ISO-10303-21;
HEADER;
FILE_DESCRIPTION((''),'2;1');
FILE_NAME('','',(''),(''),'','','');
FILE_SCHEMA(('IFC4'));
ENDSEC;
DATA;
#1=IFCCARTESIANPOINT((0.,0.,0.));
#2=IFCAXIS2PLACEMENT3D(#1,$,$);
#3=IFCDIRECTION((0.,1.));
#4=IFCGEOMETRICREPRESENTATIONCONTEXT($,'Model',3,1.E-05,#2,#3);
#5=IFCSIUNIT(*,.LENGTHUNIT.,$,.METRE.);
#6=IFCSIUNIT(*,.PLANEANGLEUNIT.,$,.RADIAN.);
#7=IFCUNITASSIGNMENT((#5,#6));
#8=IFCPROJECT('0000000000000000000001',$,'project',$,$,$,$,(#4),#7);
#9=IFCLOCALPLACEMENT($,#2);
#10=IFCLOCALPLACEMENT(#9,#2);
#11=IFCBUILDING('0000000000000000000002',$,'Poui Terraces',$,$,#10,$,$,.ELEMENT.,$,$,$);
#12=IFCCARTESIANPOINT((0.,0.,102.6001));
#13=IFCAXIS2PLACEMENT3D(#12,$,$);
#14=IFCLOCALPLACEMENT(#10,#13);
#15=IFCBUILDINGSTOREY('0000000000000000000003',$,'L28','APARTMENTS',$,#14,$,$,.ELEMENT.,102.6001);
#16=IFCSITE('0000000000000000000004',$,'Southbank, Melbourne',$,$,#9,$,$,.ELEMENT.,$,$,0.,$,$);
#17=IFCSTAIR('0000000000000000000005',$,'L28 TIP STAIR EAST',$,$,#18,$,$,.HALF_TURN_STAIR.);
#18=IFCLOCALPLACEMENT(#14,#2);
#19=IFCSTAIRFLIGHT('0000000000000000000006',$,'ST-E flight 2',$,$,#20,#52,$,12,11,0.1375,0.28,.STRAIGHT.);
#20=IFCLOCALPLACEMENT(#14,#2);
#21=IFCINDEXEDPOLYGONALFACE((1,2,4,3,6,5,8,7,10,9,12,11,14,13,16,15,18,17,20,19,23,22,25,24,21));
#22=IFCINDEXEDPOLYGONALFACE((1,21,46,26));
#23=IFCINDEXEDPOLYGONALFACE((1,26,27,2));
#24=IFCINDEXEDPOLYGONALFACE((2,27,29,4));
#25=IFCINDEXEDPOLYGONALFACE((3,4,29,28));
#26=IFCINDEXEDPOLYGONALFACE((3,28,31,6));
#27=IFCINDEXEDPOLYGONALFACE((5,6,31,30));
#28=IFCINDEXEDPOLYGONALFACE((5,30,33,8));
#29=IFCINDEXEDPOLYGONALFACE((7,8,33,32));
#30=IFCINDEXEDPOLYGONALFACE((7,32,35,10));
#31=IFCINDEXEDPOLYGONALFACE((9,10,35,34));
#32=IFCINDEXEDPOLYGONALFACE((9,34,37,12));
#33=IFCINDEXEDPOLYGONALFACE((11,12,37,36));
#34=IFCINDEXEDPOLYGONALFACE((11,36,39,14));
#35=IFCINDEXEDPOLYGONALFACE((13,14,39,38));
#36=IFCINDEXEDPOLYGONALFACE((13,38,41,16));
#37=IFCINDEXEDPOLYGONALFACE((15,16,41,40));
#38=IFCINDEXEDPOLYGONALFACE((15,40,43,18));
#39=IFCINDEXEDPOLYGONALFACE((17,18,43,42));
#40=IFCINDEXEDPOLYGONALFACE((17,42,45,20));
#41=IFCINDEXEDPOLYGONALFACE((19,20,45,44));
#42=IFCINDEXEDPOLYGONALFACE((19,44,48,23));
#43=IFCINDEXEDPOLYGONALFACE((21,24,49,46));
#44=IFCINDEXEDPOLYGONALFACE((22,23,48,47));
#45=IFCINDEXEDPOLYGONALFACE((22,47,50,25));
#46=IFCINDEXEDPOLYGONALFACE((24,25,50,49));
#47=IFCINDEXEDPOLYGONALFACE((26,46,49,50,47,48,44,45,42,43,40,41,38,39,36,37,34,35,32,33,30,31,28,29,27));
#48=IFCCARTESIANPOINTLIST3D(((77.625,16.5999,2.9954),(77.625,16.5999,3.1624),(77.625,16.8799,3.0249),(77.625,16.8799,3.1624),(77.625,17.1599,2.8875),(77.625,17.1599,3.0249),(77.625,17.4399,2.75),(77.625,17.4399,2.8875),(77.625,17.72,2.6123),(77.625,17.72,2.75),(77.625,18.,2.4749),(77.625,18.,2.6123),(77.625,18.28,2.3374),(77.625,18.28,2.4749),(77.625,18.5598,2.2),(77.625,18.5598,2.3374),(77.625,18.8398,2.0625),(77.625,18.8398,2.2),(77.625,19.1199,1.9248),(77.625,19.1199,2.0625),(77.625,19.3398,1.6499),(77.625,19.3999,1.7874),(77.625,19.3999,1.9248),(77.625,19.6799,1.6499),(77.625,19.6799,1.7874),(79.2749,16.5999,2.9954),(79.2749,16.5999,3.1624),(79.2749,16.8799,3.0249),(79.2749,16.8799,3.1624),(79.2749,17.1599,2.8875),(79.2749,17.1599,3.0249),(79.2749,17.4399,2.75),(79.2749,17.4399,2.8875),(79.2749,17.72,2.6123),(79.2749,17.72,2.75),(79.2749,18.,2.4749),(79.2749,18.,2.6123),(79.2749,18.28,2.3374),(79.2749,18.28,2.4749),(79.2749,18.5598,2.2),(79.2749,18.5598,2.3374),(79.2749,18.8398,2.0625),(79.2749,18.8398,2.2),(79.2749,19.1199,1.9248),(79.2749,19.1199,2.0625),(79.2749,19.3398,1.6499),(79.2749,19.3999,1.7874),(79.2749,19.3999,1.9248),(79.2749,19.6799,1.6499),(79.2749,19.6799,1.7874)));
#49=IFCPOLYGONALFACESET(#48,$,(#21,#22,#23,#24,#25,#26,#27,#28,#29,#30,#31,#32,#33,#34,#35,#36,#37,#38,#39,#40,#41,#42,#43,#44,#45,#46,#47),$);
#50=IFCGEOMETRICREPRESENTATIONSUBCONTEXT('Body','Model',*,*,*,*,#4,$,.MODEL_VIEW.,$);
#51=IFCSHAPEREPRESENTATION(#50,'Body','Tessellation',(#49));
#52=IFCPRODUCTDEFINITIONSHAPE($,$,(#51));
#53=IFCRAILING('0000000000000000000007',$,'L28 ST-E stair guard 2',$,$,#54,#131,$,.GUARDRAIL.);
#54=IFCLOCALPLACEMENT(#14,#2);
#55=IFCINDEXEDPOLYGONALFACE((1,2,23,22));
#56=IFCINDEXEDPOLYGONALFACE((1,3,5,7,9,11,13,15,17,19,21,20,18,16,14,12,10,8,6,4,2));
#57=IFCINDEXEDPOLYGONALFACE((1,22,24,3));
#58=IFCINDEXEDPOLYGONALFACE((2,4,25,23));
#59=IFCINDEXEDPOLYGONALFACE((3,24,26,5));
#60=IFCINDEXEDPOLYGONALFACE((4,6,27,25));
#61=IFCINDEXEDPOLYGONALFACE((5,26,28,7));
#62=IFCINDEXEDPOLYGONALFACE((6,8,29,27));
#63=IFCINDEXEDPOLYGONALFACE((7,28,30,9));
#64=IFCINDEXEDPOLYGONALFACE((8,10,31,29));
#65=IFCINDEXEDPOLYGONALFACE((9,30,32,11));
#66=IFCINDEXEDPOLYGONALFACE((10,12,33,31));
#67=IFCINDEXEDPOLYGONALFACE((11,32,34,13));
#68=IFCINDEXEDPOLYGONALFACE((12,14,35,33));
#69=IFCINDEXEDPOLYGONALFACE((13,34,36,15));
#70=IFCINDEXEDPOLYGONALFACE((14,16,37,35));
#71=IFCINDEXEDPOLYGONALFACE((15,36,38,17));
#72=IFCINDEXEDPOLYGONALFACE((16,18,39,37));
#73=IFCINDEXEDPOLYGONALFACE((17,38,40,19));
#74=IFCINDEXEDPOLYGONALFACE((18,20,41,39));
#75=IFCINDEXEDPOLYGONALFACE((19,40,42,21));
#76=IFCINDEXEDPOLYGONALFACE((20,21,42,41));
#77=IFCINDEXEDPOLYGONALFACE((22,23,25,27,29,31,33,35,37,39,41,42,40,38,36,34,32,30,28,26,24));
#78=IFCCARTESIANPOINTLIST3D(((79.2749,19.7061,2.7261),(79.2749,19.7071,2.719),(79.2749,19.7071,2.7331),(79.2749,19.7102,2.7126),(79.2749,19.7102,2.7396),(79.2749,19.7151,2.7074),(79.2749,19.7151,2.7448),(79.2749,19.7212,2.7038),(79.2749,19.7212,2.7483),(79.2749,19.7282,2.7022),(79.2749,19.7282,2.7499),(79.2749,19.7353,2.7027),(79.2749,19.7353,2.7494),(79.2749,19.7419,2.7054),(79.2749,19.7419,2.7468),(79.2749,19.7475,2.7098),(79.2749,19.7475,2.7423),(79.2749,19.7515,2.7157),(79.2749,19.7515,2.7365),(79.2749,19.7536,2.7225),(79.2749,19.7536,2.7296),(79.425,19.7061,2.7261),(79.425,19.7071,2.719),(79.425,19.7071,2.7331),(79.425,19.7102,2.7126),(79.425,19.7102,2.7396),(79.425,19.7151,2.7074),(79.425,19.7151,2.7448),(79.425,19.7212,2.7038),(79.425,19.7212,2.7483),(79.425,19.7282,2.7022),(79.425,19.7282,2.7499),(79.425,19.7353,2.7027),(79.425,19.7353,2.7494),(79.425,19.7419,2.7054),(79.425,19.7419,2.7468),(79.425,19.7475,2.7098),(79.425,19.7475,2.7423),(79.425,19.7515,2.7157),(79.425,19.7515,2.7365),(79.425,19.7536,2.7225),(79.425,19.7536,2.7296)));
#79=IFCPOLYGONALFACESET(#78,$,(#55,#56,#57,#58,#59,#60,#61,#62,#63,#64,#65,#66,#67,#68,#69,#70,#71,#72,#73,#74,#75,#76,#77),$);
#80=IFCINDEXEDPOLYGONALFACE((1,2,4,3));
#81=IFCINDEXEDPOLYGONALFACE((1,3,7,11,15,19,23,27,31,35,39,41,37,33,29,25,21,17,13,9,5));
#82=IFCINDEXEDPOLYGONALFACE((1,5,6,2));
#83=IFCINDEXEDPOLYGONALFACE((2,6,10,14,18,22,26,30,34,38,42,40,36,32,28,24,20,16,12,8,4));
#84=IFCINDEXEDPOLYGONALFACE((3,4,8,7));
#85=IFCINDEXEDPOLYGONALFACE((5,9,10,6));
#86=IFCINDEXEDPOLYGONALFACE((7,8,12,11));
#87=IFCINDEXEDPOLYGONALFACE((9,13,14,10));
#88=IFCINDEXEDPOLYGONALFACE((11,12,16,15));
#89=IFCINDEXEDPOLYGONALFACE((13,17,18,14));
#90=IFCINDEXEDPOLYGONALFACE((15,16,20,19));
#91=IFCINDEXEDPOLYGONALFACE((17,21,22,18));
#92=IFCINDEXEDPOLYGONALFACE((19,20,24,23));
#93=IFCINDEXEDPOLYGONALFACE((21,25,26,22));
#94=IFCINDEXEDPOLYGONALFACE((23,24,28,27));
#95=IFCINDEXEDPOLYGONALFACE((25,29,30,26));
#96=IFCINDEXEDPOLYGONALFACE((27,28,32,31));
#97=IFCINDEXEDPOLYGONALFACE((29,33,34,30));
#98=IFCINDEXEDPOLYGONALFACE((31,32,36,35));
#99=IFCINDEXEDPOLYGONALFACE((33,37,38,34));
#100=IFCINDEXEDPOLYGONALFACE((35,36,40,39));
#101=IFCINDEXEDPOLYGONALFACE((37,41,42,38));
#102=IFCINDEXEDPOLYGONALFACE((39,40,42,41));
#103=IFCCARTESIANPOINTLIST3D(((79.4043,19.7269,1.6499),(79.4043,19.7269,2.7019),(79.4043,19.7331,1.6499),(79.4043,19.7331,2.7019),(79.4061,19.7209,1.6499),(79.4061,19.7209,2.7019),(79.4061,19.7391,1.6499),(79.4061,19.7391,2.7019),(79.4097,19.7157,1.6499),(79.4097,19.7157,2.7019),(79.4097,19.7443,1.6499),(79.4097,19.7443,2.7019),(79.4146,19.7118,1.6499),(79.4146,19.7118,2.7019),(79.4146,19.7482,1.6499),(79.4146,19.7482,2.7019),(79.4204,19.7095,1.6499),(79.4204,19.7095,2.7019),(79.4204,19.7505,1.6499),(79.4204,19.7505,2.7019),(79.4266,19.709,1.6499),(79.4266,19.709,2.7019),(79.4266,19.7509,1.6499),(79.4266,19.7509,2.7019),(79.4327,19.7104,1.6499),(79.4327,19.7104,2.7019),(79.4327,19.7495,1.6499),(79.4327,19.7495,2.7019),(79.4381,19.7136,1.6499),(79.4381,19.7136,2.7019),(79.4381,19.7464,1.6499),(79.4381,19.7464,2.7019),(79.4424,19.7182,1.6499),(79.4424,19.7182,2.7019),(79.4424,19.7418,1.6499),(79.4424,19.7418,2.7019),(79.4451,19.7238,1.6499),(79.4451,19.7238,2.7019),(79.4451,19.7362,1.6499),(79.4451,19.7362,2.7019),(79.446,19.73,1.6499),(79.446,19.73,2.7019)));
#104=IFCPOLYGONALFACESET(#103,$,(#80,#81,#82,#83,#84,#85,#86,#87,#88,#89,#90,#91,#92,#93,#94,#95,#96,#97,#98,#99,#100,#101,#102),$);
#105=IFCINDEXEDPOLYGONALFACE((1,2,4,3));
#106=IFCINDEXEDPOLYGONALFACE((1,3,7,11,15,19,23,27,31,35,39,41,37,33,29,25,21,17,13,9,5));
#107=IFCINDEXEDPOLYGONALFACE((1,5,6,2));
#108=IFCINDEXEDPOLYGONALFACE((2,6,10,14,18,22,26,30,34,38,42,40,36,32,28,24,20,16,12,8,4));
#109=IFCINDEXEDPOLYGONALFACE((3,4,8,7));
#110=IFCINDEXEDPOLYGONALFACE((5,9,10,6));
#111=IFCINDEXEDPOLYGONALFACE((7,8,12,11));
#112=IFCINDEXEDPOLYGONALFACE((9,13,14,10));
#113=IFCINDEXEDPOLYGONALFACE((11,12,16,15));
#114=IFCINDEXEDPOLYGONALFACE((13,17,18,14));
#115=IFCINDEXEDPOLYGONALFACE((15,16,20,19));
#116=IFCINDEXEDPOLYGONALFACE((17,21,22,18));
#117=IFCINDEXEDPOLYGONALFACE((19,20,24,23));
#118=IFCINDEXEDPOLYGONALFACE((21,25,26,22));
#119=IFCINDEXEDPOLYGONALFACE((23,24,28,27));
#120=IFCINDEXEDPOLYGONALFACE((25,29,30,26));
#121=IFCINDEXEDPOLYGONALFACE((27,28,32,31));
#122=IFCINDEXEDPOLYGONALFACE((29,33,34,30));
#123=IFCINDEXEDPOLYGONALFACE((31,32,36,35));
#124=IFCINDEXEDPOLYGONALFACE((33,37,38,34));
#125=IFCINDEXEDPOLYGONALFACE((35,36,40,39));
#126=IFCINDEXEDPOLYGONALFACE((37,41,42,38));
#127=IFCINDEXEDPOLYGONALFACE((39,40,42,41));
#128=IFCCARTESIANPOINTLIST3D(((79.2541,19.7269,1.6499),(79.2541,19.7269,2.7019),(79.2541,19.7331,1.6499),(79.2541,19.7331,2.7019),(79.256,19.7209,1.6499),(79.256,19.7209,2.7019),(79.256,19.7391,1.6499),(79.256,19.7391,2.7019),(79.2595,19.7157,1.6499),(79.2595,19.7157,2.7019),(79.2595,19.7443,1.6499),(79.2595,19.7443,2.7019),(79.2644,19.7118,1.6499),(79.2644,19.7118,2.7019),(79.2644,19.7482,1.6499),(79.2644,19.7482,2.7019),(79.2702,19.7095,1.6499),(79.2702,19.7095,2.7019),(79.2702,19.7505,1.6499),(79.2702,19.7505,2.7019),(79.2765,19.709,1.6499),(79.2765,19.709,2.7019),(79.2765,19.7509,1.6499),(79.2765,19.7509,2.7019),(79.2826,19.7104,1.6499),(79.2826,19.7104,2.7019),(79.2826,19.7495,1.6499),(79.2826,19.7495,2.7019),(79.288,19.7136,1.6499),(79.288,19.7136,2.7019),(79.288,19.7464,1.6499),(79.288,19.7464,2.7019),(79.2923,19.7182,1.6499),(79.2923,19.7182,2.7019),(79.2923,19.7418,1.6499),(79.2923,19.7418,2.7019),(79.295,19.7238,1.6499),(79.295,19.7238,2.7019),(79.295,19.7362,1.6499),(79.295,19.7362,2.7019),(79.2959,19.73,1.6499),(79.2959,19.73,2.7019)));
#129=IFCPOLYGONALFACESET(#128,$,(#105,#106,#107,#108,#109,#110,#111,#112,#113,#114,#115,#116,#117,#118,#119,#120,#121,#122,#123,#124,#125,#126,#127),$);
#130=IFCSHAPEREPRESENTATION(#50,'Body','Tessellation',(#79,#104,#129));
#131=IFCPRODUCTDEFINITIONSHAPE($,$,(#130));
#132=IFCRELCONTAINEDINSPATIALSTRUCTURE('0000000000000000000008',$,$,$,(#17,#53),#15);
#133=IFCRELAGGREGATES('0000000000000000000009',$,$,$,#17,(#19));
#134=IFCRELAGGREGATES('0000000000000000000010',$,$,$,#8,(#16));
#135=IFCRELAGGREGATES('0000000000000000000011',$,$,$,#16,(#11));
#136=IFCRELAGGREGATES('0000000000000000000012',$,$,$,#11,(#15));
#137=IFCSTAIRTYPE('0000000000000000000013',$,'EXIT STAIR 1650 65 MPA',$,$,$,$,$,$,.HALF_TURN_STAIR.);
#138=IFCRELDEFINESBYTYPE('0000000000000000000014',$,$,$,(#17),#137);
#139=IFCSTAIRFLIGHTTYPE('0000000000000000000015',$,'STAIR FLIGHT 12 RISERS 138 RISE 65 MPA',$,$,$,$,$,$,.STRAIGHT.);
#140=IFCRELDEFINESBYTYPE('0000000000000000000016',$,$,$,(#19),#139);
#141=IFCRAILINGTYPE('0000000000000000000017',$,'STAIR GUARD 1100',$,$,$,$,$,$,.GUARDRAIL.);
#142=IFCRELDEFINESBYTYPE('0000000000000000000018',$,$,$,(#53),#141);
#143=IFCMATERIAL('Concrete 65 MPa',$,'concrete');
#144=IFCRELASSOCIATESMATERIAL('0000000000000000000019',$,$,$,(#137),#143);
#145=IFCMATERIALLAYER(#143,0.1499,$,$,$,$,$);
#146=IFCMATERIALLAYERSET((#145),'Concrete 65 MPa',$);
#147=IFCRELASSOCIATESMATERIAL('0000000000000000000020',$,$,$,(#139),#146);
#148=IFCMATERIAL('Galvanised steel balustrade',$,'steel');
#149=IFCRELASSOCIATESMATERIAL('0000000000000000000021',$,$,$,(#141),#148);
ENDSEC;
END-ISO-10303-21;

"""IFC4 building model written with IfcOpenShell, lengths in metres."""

from ifc_helpers import new_model, si_unit, direction, frame, origin, origin_2d, place, context, subcontext, project, spatial, polyline, circle, outline, extrude, material, layer, layer_set, type_object, element, aggregate, save


model = new_model("IFC4")

# Units and contexts
model_context = context("Model", 3, precision=1e-05, world=origin(), true_north=direction((0.0, 1.0)))
body_context = subcontext(model_context, "Body", "Model", "MODEL_VIEW")
ifc_project = project(units=[si_unit("LENGTHUNIT", "METRE"), si_unit("PLANEANGLEUNIT", "RADIAN")], contexts=[model_context])

# Site, building, storey
site_placement = place(None, origin())
site = spatial("IfcSite", under=ifc_project, at=site_placement, Name="Southbank, Melbourne", CompositionType="ELEMENT", RefElevation=0.0)
building_placement = place(site_placement, origin())
building = spatial("IfcBuilding", under=site, at=building_placement, Name="Poui Terraces", CompositionType="ELEMENT")
storey_placement = place(building_placement, frame((0.0, 0.0, 102.6001)))
storey = spatial("IfcBuildingStorey", under=building, at=storey_placement, Name="L28", Description="APARTMENTS", CompositionType="ELEMENT", Elevation=102.6001)

# Shared definitions
ifc_material_1 = material(Name="Concrete 65 MPa", Category="concrete")

# Stair, stair flight
stair_type = type_object("IfcStairType", Name="EXIT STAIR 1650 65 MPA", PredefinedType="HALF_TURN_STAIR", material=ifc_material_1)
stair_placement = place(storey_placement, origin())
stair = element("IfcStair", 1, at=stair_placement, inside=storey, type_object=stair_type, Name="L28 TIP STAIR EAST", PredefinedType="HALF_TURN_STAIR")
ifc_layer_1 = layer(ifc_material_1, 0.1499)
ifc_layer_set_1 = layer_set([ifc_layer_1], Name="Concrete 65 MPa")
stair_flight_type = type_object("IfcStairFlightType", Name="STAIR FLIGHT 12 RISERS 138 RISE 65 MPA", PredefinedType="STRAIGHT", material=ifc_layer_set_1)
stair_flight_placement = place(storey_placement, frame((78.45, 19.6799, 1.6499), z_axis=(0.0, 0.0, 1.0), x_axis=(0.0, -1.0, 0.0)))
stair_flight = element("IfcStairFlight", 2, at=stair_flight_placement, type_object=stair_flight_type, Name="ST-E flight 2", NumberOfRisers=12, NumberOfTreads=11, PredefinedType="STRAIGHT", RiserHeight=0.1375, TreadLength=0.28, context=body_context, shape_type="SweptSolid", body=[
    extrude(outline(polyline([(0.0, 0.0), (0.0, 0.1375), (0.28, 0.1375), (0.28, 0.2749), (0.5601, 0.2749), (0.5601, 0.4126), (0.8401, 0.4126), (0.8401, 0.55), (1.1201, 0.55), (1.1201, 0.6875), (1.3999, 0.6875), (1.3999, 0.825), (1.6799, 0.825), (1.6799, 0.9624), (1.96, 0.9624), (1.96, 1.1001), (2.24, 1.1001), (2.24, 1.2375), (2.52, 1.2375), (2.52, 1.375), (2.8, 1.375), (2.8, 1.5125), (3.0801, 1.5125), (3.0801, 1.6499), (3.0801, 1.3455), (0.3401, 0.0), (0.0, 0.0)])), frame((0.0, 0.825, 0.0), z_axis=(0.0, -1.0, 0.0), x_axis=(1.0, 0.0, 0.0)), (0.0, 0.0, 1.0), 1.6499),
])
aggregate(stair, [stair_flight])

# Railing
ifc_material_2 = material(Name="Galvanised steel balustrade", Category="steel")
railing_type_1 = type_object("IfcRailingType", Name="STAIR GUARD 1100", PredefinedType="GUARDRAIL", material=ifc_material_2)
railing_1_placement = place(storey_placement, frame((79.425, 19.73, 1.6499)))
element("IfcRailing", 3, at=railing_1_placement, inside=storey, type_object=railing_type_1, Name="L28 ST-E stair guard 2", PredefinedType="GUARDRAIL", context=body_context, shape_type="SweptSolid", body=[
    extrude(circle(Radius=0.0239, at=origin_2d()), frame((0.0, 0.0, 1.0762), z_axis=(-1.0, 0.0, 0.0), x_axis=(0.0, -1.0, 0.0)), (0.0, 0.0, 1.0), 0.1501),
    extrude(circle(Radius=0.021, at=origin_2d()), origin(), (0.0, 0.0, 1.0), 1.052),
    extrude(circle(Radius=0.021, at=origin_2d()), frame((-0.1501, 0.0, 0.0)), (0.0, 0.0, 1.0), 1.052),
])

save(model, "model.ifc")
